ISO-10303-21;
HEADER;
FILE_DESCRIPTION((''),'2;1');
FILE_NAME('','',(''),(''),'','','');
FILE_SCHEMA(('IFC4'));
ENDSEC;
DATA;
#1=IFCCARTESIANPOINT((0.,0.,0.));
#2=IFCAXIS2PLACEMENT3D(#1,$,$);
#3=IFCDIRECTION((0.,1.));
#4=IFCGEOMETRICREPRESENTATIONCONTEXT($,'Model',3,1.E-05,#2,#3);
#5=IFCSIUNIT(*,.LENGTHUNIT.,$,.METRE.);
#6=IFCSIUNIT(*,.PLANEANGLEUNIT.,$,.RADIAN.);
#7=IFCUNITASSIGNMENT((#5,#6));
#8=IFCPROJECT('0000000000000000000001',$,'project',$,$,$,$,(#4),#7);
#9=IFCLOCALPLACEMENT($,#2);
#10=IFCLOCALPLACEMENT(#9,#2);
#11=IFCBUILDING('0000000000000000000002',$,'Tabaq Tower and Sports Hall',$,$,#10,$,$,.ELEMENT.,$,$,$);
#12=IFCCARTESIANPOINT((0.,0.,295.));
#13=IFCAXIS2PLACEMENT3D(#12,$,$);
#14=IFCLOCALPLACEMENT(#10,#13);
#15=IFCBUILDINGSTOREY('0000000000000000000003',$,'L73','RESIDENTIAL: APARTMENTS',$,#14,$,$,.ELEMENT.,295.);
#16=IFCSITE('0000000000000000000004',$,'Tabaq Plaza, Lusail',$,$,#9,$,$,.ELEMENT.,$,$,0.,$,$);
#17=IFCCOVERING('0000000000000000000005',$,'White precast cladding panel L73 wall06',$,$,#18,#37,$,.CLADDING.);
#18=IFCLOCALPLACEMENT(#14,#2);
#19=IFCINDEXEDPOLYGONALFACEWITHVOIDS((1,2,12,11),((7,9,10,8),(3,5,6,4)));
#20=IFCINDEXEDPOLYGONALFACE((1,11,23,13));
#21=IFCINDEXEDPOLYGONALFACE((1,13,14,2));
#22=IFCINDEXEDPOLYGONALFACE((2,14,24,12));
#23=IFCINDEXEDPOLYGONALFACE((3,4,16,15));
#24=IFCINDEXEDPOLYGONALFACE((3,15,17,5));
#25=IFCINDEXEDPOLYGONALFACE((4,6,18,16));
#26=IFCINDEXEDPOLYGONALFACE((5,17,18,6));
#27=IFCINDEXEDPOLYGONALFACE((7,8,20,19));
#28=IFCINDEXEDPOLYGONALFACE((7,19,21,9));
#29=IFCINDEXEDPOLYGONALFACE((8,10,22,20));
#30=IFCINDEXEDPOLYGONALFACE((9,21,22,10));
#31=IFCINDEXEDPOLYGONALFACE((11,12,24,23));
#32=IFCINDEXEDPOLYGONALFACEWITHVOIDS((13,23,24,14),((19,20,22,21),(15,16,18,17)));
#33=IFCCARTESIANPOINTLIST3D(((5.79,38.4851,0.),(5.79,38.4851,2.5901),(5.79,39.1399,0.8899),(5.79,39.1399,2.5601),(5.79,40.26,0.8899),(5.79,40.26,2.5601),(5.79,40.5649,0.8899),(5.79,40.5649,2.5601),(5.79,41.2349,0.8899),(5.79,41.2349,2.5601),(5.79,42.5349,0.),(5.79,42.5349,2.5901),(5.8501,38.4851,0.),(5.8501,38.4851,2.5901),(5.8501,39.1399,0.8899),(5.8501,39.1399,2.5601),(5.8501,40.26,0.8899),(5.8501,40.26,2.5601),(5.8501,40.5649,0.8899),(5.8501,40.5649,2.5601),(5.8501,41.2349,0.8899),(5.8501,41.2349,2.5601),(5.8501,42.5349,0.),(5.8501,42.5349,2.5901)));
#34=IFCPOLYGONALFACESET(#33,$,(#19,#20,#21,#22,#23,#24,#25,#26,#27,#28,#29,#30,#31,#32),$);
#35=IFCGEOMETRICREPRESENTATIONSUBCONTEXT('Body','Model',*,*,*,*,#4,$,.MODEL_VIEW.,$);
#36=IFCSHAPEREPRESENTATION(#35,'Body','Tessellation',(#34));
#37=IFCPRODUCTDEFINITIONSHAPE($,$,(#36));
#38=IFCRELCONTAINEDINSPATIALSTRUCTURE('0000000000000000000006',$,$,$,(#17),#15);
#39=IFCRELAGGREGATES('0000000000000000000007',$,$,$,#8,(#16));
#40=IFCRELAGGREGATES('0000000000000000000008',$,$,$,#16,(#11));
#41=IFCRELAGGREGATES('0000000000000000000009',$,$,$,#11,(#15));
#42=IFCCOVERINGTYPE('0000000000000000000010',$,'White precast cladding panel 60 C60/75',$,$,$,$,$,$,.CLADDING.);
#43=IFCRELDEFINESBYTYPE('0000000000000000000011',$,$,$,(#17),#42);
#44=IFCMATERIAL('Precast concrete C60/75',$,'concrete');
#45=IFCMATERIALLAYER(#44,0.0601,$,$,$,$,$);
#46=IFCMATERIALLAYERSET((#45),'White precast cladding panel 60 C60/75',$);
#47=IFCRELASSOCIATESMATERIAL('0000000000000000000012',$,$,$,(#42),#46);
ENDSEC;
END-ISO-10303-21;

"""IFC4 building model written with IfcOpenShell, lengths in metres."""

from ifc_helpers import new_model, si_unit, direction, frame, origin, place, context, subcontext, project, spatial, polyline, outline, extrude, material, layer, layer_set, type_object, element, save


model = new_model("IFC4")

# Units and contexts
model_context = context("Model", 3, precision=1e-05, world=origin(), true_north=direction((0.0, 1.0)))
body_context = subcontext(model_context, "Body", "Model", "MODEL_VIEW")
ifc_project = project(units=[si_unit("LENGTHUNIT", "METRE"), si_unit("PLANEANGLEUNIT", "RADIAN")], contexts=[model_context])

# Site, building, storey
site_placement = place(None, origin())
site = spatial("IfcSite", under=ifc_project, at=site_placement, Name="Tabaq Plaza, Lusail", CompositionType="ELEMENT", RefElevation=0.0)
building_placement = place(site_placement, origin())
building = spatial("IfcBuilding", under=site, at=building_placement, Name="Tabaq Tower and Sports Hall", CompositionType="ELEMENT")
storey_placement = place(building_placement, frame((0.0, 0.0, 295.0)))
storey = spatial("IfcBuildingStorey", under=building, at=storey_placement, Name="L73", Description="RESIDENTIAL: APARTMENTS", CompositionType="ELEMENT", Elevation=295.0)

# Covering
ifc_material_1 = material(Name="Precast concrete C60/75", Category="concrete")
ifc_layer_1 = layer(ifc_material_1, 0.0601)
ifc_layer_set_1 = layer_set([ifc_layer_1], Name="White precast cladding panel 60 C60/75")
covering_type_1 = type_object("IfcCoveringType", Name="White precast cladding panel 60 C60/75", PredefinedType="CLADDING", material=ifc_layer_set_1)
covering_1_placement = place(storey_placement, frame((5.8201, 42.5349, 0.0), z_axis=(0.0, 0.0, 1.0), x_axis=(0.0, -1.0, 0.0)))
element("IfcCovering", 1, at=covering_1_placement, inside=storey, type_object=covering_type_1, Name="White precast cladding panel L73 wall06", PredefinedType="CLADDING", context=body_context, shape_type="SweptSolid", body=[
    extrude(outline(polyline([(0.0, 0.0), (4.0498, 0.0), (4.0498, 2.5901), (0.0, 2.5901), (0.0, 0.0)]), holes=[polyline([(1.3, 0.8899), (1.3, 2.5601), (1.97, 2.5601), (1.97, 0.8899), (1.3, 0.8899)]), polyline([(2.2749, 0.8899), (2.2749, 2.5601), (3.395, 2.5601), (3.395, 0.8899), (2.2749, 0.8899)])]), frame((0.0, 0.03, 0.0), z_axis=(0.0, -1.0, 0.0), x_axis=(1.0, 0.0, 0.0)), (0.0, 0.0, 1.0), 0.0601),
])

save(model, "model.ifc")
